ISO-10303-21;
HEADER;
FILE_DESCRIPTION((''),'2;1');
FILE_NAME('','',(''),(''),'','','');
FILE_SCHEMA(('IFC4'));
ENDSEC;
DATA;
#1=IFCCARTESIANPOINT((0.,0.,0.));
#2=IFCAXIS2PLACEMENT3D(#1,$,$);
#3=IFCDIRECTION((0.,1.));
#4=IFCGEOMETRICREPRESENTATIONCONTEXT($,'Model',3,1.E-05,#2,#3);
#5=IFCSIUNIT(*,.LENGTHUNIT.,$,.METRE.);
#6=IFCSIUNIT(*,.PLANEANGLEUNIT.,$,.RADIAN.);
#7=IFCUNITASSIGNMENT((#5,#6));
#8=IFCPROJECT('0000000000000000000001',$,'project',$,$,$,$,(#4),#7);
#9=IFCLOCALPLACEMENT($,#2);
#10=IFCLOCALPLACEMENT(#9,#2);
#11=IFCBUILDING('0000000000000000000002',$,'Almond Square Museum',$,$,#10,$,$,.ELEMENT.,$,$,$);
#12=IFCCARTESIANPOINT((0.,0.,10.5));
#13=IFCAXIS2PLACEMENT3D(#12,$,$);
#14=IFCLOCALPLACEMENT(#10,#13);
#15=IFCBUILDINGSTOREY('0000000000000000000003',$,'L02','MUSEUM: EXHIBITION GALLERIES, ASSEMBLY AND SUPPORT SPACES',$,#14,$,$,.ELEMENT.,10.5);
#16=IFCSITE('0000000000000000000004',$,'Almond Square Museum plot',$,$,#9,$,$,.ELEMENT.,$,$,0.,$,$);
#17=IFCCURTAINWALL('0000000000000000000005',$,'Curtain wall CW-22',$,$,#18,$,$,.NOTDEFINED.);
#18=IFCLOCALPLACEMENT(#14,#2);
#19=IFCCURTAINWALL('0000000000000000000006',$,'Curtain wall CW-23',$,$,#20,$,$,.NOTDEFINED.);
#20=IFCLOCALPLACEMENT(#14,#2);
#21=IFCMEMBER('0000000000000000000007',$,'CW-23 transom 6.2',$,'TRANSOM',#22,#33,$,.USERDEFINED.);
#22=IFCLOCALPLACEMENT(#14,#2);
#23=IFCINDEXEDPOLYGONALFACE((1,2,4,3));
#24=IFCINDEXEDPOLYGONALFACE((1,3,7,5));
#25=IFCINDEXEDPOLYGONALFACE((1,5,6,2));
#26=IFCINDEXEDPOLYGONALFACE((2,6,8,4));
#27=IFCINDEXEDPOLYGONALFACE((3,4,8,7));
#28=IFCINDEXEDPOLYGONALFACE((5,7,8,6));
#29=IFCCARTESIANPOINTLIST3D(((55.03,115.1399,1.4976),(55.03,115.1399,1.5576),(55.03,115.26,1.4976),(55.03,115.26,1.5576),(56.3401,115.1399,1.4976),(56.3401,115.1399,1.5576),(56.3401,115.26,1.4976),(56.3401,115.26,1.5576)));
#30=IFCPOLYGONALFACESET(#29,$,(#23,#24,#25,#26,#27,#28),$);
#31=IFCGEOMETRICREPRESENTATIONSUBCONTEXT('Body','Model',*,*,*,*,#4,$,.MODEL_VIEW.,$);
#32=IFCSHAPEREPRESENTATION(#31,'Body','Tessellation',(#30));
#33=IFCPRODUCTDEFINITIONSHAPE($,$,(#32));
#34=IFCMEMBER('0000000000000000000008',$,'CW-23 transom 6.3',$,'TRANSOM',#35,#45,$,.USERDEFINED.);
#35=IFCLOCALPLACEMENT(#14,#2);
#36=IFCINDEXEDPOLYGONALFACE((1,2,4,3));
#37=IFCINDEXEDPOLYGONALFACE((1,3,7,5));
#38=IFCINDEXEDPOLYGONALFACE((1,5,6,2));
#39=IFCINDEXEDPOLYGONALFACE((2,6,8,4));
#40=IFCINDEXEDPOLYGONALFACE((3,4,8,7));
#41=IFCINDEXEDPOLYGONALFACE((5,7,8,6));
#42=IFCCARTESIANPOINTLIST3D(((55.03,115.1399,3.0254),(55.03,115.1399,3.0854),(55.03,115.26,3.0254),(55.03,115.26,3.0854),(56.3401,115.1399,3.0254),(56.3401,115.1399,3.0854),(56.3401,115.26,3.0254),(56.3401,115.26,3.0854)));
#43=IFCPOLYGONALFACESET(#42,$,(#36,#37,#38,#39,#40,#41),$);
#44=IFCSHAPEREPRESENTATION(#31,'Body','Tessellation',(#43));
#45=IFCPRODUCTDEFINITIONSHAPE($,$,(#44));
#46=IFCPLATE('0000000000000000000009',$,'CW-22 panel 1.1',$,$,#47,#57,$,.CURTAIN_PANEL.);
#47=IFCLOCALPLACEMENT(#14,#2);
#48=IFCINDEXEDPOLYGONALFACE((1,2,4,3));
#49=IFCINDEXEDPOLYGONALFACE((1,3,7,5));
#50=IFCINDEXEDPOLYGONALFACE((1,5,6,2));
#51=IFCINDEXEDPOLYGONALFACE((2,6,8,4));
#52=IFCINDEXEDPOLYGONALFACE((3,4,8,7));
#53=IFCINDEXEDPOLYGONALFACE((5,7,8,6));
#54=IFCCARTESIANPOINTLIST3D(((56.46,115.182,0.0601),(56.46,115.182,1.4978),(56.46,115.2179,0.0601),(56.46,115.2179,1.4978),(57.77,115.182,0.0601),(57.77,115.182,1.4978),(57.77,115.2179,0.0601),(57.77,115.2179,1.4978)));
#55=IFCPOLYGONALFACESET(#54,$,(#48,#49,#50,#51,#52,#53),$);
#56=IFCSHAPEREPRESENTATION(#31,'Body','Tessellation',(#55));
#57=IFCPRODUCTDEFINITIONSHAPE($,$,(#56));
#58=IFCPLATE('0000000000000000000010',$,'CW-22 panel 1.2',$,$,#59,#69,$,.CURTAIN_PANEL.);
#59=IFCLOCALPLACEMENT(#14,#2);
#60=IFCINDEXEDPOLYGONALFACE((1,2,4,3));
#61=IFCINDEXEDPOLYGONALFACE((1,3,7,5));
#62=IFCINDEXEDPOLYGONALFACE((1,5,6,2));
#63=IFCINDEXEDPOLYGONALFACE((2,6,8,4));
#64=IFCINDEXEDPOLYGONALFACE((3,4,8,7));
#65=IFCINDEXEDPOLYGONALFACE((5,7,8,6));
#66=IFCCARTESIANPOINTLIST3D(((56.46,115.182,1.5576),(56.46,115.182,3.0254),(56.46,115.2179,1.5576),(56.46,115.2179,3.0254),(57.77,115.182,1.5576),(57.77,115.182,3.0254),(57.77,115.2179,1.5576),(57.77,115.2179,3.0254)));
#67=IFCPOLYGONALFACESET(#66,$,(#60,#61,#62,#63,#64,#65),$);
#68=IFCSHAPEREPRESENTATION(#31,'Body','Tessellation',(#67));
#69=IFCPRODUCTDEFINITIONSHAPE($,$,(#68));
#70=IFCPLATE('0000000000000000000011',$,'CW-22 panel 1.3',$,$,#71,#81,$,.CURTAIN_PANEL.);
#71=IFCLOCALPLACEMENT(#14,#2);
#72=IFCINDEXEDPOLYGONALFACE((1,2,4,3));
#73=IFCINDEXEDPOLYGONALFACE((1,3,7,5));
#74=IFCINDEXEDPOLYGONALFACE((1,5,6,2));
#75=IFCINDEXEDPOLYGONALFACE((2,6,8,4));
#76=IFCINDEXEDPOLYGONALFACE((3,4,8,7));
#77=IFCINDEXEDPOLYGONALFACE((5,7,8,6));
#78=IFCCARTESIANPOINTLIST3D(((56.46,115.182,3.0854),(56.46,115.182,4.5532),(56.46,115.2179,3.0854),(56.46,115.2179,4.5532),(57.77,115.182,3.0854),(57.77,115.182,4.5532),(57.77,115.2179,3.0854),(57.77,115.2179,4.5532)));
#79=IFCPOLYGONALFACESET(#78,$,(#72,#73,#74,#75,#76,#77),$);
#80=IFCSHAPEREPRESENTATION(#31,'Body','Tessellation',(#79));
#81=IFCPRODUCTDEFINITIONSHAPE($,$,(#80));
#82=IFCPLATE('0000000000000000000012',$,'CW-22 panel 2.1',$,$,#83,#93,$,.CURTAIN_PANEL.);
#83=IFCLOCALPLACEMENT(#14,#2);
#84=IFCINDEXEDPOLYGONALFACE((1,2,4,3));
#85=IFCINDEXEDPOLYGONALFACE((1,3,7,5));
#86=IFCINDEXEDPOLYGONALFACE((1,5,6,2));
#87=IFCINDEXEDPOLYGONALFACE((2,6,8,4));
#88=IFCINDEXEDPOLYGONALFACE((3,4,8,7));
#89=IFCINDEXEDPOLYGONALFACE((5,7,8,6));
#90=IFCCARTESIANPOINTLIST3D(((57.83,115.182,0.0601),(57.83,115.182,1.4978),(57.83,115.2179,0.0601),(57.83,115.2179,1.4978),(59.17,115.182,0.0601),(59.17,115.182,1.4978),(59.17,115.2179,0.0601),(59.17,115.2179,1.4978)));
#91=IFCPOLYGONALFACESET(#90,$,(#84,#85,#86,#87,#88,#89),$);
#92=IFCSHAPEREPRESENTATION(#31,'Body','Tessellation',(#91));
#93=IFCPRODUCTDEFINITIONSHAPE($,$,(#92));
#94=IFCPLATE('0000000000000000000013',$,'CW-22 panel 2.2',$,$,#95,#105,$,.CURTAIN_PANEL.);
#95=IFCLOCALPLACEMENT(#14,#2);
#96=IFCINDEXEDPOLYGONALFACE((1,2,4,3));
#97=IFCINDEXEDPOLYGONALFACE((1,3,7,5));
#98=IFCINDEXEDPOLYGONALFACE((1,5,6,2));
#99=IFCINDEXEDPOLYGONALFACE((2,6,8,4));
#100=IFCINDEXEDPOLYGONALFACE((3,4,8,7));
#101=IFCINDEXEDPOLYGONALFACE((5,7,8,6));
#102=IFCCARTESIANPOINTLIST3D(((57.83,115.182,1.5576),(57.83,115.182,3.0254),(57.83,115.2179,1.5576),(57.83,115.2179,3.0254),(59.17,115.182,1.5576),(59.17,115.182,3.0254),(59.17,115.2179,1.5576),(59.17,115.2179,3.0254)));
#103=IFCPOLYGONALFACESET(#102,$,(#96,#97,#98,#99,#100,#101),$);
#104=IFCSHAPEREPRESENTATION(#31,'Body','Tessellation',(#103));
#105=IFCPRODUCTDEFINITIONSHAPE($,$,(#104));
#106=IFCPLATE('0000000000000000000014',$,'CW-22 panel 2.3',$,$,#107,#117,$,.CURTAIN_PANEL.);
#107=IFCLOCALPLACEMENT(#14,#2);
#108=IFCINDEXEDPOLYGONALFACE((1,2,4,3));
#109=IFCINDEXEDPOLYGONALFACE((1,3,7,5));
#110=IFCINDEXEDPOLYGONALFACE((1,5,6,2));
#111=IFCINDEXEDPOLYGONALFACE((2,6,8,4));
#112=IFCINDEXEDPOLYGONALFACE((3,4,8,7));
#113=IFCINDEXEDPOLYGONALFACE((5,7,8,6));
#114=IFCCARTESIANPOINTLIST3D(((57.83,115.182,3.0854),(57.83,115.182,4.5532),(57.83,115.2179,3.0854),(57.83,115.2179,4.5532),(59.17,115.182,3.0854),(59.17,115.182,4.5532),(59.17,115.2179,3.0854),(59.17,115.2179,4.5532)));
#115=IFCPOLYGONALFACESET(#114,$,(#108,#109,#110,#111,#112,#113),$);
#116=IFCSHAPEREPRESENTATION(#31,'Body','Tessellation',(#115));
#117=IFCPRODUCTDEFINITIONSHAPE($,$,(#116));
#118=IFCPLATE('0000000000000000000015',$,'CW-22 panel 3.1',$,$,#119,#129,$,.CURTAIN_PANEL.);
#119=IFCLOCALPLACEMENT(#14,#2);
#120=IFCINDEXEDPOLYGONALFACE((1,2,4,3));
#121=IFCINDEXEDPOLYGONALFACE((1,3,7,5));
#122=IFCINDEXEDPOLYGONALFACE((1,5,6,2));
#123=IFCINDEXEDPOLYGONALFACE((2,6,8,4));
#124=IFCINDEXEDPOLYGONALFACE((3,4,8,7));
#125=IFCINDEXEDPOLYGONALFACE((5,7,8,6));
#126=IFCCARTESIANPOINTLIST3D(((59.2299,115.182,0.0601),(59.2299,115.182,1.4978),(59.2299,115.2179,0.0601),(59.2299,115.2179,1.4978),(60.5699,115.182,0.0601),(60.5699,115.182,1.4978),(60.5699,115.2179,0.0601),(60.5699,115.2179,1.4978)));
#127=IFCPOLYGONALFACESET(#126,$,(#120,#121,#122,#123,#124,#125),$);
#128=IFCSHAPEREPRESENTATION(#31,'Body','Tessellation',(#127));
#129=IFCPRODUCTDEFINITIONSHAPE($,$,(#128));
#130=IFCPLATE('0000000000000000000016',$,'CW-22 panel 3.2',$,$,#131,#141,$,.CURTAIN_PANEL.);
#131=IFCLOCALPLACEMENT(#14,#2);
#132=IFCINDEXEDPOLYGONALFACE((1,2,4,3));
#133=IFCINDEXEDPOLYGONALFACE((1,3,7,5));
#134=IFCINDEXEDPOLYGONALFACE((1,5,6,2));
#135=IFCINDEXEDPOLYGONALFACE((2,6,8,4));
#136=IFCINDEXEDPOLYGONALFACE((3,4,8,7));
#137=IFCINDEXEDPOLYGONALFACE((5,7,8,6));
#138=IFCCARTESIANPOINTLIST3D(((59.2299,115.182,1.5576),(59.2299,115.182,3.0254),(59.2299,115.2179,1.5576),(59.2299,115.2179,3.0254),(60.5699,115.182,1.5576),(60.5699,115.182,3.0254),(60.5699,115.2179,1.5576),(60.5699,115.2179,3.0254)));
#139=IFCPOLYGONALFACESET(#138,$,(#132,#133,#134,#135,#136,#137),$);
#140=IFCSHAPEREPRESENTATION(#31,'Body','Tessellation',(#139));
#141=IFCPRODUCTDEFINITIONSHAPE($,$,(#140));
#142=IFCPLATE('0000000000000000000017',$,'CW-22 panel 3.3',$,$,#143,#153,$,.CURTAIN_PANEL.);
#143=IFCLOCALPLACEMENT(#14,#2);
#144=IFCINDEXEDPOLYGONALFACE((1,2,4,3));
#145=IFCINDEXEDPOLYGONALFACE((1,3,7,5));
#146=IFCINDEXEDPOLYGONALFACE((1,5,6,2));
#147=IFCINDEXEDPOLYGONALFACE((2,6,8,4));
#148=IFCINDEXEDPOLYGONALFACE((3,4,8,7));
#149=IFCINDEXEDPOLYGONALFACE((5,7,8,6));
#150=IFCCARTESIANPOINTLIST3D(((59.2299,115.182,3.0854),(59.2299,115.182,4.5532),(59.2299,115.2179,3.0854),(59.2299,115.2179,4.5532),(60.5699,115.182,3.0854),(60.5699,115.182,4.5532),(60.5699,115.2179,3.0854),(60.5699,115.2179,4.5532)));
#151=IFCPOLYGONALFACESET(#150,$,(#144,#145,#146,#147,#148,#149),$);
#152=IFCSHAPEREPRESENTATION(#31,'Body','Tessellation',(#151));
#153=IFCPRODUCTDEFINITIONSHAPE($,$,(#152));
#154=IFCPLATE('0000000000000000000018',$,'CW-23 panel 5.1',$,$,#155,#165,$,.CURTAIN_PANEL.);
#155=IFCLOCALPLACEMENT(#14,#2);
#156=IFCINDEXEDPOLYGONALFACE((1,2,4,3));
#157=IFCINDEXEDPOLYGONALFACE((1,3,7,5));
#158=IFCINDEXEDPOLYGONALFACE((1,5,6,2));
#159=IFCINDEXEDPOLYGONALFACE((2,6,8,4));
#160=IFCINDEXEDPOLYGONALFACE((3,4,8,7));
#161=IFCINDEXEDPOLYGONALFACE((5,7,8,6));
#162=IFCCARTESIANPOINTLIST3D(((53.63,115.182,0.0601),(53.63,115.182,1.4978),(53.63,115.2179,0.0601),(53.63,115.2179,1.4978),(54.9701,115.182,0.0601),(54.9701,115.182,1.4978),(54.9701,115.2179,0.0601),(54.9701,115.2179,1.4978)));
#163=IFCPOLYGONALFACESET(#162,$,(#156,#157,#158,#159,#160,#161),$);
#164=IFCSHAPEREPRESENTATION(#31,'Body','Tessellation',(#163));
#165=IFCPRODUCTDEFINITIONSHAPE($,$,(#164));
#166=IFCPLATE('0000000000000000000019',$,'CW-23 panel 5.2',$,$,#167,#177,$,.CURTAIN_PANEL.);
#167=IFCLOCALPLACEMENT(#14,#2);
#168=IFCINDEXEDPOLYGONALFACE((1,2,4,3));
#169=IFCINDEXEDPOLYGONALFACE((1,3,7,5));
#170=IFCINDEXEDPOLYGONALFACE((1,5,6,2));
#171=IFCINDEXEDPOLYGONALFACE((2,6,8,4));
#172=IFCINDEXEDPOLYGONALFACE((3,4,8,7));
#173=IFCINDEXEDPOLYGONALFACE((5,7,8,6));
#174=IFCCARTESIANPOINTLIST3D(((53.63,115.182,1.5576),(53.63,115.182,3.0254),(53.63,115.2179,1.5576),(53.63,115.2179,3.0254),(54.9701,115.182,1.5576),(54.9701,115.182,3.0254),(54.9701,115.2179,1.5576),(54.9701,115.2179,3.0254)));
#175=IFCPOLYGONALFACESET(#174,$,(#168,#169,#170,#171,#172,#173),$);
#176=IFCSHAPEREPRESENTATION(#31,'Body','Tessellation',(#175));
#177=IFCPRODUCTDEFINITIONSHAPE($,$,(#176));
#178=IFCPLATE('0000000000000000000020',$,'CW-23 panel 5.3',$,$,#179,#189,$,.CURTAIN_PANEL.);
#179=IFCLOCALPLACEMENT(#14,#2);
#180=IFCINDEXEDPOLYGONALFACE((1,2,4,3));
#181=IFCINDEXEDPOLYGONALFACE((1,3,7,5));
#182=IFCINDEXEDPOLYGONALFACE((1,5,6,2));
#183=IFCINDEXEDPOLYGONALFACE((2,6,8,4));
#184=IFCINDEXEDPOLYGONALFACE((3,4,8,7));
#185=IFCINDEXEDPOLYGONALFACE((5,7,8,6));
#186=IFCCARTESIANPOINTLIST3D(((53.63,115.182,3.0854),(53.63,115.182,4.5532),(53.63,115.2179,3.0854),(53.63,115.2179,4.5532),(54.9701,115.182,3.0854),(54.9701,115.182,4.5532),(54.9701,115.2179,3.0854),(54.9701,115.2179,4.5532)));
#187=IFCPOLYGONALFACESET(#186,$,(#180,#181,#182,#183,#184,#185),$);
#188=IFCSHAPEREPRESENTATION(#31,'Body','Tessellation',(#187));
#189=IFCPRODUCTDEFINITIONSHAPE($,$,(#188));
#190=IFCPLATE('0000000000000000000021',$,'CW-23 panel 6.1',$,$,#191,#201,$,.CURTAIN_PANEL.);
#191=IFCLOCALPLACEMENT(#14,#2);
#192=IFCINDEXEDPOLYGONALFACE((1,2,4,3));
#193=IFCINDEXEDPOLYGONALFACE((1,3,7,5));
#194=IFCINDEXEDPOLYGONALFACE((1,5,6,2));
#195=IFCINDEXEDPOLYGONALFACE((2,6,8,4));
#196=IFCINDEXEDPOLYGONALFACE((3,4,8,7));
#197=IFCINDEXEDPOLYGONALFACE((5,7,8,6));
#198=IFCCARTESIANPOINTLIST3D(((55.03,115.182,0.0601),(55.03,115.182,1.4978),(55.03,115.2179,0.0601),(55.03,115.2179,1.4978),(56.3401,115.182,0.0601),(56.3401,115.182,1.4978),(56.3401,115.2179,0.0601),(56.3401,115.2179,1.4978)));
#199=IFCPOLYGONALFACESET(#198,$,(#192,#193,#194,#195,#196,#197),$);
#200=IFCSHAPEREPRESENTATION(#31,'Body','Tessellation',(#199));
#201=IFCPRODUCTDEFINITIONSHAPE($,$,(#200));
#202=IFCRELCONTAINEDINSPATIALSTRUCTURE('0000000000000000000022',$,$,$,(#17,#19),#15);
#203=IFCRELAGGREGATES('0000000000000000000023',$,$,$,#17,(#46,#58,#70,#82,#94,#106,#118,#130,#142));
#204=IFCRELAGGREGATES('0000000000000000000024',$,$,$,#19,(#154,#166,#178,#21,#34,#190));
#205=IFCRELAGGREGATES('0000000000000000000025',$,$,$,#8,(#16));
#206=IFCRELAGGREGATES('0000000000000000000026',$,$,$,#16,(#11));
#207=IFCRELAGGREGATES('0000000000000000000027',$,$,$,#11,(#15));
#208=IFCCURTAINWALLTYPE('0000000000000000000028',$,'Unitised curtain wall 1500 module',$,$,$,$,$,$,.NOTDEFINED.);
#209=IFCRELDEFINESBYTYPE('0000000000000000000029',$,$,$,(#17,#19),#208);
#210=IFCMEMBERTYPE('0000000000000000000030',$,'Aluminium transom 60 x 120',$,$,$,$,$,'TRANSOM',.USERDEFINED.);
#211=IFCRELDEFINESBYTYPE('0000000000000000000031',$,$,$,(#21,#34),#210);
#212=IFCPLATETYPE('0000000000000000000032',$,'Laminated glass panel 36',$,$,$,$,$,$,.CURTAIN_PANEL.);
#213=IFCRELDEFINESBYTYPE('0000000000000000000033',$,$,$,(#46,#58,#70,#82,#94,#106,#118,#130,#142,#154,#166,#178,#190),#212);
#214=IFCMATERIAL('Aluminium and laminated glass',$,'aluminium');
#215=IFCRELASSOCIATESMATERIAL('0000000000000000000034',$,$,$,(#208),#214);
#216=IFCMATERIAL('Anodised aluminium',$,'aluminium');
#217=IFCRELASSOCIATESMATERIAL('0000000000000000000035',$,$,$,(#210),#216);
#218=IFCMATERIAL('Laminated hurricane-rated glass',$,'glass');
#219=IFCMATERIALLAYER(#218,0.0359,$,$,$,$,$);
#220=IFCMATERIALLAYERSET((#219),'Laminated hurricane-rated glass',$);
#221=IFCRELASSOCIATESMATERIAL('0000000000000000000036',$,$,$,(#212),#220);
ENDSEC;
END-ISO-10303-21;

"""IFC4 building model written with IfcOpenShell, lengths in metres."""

from ifc_helpers import new_model, si_unit, direction, frame, origin, origin_2d, place, context, subcontext, project, spatial, rectangle, extrude, material, layer, layer_set, material_profile, profile_set, type_object, element, aggregate, save


model = new_model("IFC4")

# Units and contexts
model_context = context("Model", 3, precision=1e-05, world=origin(), true_north=direction((0.0, 1.0)))
body_context = subcontext(model_context, "Body", "Model", "MODEL_VIEW")
ifc_project = project(units=[si_unit("LENGTHUNIT", "METRE"), si_unit("PLANEANGLEUNIT", "RADIAN")], contexts=[model_context])

# Site, building, storey
site_placement = place(None, origin())
site = spatial("IfcSite", under=ifc_project, at=site_placement, Name="Almond Square Museum plot", CompositionType="ELEMENT", RefElevation=0.0)
building_placement = place(site_placement, origin())
building = spatial("IfcBuilding", under=site, at=building_placement, Name="Almond Square Museum", CompositionType="ELEMENT")
storey_placement = place(building_placement, frame((0.0, 0.0, 10.5)))
storey = spatial("IfcBuildingStorey", under=building, at=storey_placement, Name="L02", Description="MUSEUM: EXHIBITION GALLERIES, ASSEMBLY AND SUPPORT SPACES", CompositionType="ELEMENT", Elevation=10.5)

# Curtain walls
ifc_material_1 = material(Name="Aluminium and laminated glass", Category="aluminium")
curtain_wall_type = type_object("IfcCurtainWallType", Name="Unitised curtain wall 1500 module", PredefinedType="NOTDEFINED", material=ifc_material_1)
curtain_wall_1_placement = place(storey_placement, origin())
curtain_wall_1 = element("IfcCurtainWall", 1, at=curtain_wall_1_placement, inside=storey, type_object=curtain_wall_type, Name="Curtain wall CW-22", PredefinedType="NOTDEFINED")
curtain_wall_2_placement = place(storey_placement, origin())
curtain_wall_2 = element("IfcCurtainWall", 2, at=curtain_wall_2_placement, inside=storey, type_object=curtain_wall_type, Name="Curtain wall CW-23", PredefinedType="NOTDEFINED")

# Members
ifc_material_2 = material(Name="Anodised aluminium", Category="aluminium")
ifc_material_profile_1 = material_profile(ifc_material_2, rectangle(XDim=0.1201, YDim=0.0601, at=origin_2d()))
ifc_profile_set_1 = profile_set([ifc_material_profile_1], Name="Anodised aluminium")
member_type_1 = type_object("IfcMemberType", Name="Aluminium transom 60 x 120", ElementType="TRANSOM", PredefinedType="USERDEFINED", material=ifc_profile_set_1)
member_1_placement = place(storey_placement, frame((55.03, 115.2, 1.5276), z_axis=(1.0, 0.0, 0.0), x_axis=(0.0, 1.0, 0.0)))
member_1 = element("IfcMember", 3, at=member_1_placement, type_object=member_type_1, Name="CW-23 transom 6.2", ObjectType="TRANSOM", PredefinedType="USERDEFINED", context=body_context, shape_type="SweptSolid", body=[
    extrude(rectangle(XDim=0.1201, YDim=0.0601, at=origin_2d()), origin(), (0.0, 0.0, 1.0), 1.3101),
])
member_2_placement = place(storey_placement, frame((55.03, 115.2, 3.0554), z_axis=(1.0, 0.0, 0.0), x_axis=(0.0, 1.0, 0.0)))
member_2 = element("IfcMember", 4, at=member_2_placement, type_object=member_type_1, Name="CW-23 transom 6.3", ObjectType="TRANSOM", PredefinedType="USERDEFINED", context=body_context, shape_type="SweptSolid", body=[
    extrude(rectangle(XDim=0.1201, YDim=0.0601, at=origin_2d()), origin(), (0.0, 0.0, 1.0), 1.3101),
])

# Plates
ifc_material_3 = material(Name="Laminated hurricane-rated glass", Category="glass")
ifc_layer = layer(ifc_material_3, 0.0359)
ifc_layer_set = layer_set([ifc_layer], Name="Laminated hurricane-rated glass")
plate_type = type_object("IfcPlateType", Name="Laminated glass panel 36", PredefinedType="CURTAIN_PANEL", material=ifc_layer_set)
plate_1_placement = place(storey_placement, frame((57.115, 115.2, 0.0601), z_axis=(0.0, 0.0, 1.0), x_axis=(1.0, 0.0, 0.0)))
plate_1 = element("IfcPlate", 5, at=plate_1_placement, type_object=plate_type, Name="CW-22 panel 1.1", PredefinedType="CURTAIN_PANEL", context=body_context, shape_type="SweptSolid", body=[
    extrude(rectangle(XDim=1.3101, YDim=0.0359, at=origin_2d()), origin(), (0.0, 0.0, 1.0), 1.4377),
])
plate_2_placement = place(storey_placement, frame((57.115, 115.2, 1.5576), z_axis=(0.0, 0.0, 1.0), x_axis=(1.0, 0.0, 0.0)))
plate_2 = element("IfcPlate", 6, at=plate_2_placement, type_object=plate_type, Name="CW-22 panel 1.2", PredefinedType="CURTAIN_PANEL", context=body_context, shape_type="SweptSolid", body=[
    extrude(rectangle(XDim=1.3101, YDim=0.0359, at=origin_2d()), origin(), (0.0, 0.0, 1.0), 1.4678),
])
plate_3_placement = place(storey_placement, frame((57.115, 115.2, 3.0854), z_axis=(0.0, 0.0, 1.0), x_axis=(1.0, 0.0, 0.0)))
plate_3 = element("IfcPlate", 7, at=plate_3_placement, type_object=plate_type, Name="CW-22 panel 1.3", PredefinedType="CURTAIN_PANEL", context=body_context, shape_type="SweptSolid", body=[
    extrude(rectangle(XDim=1.3101, YDim=0.0359, at=origin_2d()), origin(), (0.0, 0.0, 1.0), 1.4678),
])
plate_4_placement = place(storey_placement, frame((58.5, 115.2, 0.0601), z_axis=(0.0, 0.0, 1.0), x_axis=(1.0, 0.0, 0.0)))
plate_4 = element("IfcPlate", 8, at=plate_4_placement, type_object=plate_type, Name="CW-22 panel 2.1", PredefinedType="CURTAIN_PANEL", context=body_context, shape_type="SweptSolid", body=[
    extrude(rectangle(XDim=1.3401, YDim=0.0359, at=origin_2d()), origin(), (0.0, 0.0, 1.0), 1.4377),
])
plate_5_placement = place(storey_placement, frame((58.5, 115.2, 1.5576), z_axis=(0.0, 0.0, 1.0), x_axis=(1.0, 0.0, 0.0)))
plate_5 = element("IfcPlate", 9, at=plate_5_placement, type_object=plate_type, Name="CW-22 panel 2.2", PredefinedType="CURTAIN_PANEL", context=body_context, shape_type="SweptSolid", body=[
    extrude(rectangle(XDim=1.3401, YDim=0.0359, at=origin_2d()), origin(), (0.0, 0.0, 1.0), 1.4678),
])
plate_6_placement = place(storey_placement, frame((58.5, 115.2, 3.0854), z_axis=(0.0, 0.0, 1.0), x_axis=(1.0, 0.0, 0.0)))
plate_6 = element("IfcPlate", 10, at=plate_6_placement, type_object=plate_type, Name="CW-22 panel 2.3", PredefinedType="CURTAIN_PANEL", context=body_context, shape_type="SweptSolid", body=[
    extrude(rectangle(XDim=1.3401, YDim=0.0359, at=origin_2d()), origin(), (0.0, 0.0, 1.0), 1.4678),
])
plate_7_placement = place(storey_placement, frame((59.8999, 115.2, 0.0601), z_axis=(0.0, 0.0, 1.0), x_axis=(1.0, 0.0, 0.0)))
plate_7 = element("IfcPlate", 11, at=plate_7_placement, type_object=plate_type, Name="CW-22 panel 3.1", PredefinedType="CURTAIN_PANEL", context=body_context, shape_type="SweptSolid", body=[
    extrude(rectangle(XDim=1.3401, YDim=0.0359, at=origin_2d()), origin(), (0.0, 0.0, 1.0), 1.4377),
])
plate_8_placement = place(storey_placement, frame((59.8999, 115.2, 1.5576), z_axis=(0.0, 0.0, 1.0), x_axis=(1.0, 0.0, 0.0)))
plate_8 = element("IfcPlate", 12, at=plate_8_placement, type_object=plate_type, Name="CW-22 panel 3.2", PredefinedType="CURTAIN_PANEL", context=body_context, shape_type="SweptSolid", body=[
    extrude(rectangle(XDim=1.3401, YDim=0.0359, at=origin_2d()), origin(), (0.0, 0.0, 1.0), 1.4678),
])
plate_9_placement = place(storey_placement, frame((59.8999, 115.2, 3.0854), z_axis=(0.0, 0.0, 1.0), x_axis=(1.0, 0.0, 0.0)))
plate_9 = element("IfcPlate", 13, at=plate_9_placement, type_object=plate_type, Name="CW-22 panel 3.3", PredefinedType="CURTAIN_PANEL", context=body_context, shape_type="SweptSolid", body=[
    extrude(rectangle(XDim=1.3401, YDim=0.0359, at=origin_2d()), origin(), (0.0, 0.0, 1.0), 1.4678),
])
aggregate(curtain_wall_1, [plate_1, plate_2, plate_3, plate_4, plate_5, plate_6, plate_7, plate_8, plate_9])
plate_10_placement = place(storey_placement, frame((54.3, 115.2, 0.0601), z_axis=(0.0, 0.0, 1.0), x_axis=(1.0, 0.0, 0.0)))
plate_10 = element("IfcPlate", 14, at=plate_10_placement, type_object=plate_type, Name="CW-23 panel 5.1", PredefinedType="CURTAIN_PANEL", context=body_context, shape_type="SweptSolid", body=[
    extrude(rectangle(XDim=1.3401, YDim=0.0359, at=origin_2d()), origin(), (0.0, 0.0, 1.0), 1.4377),
])
plate_11_placement = place(storey_placement, frame((54.3, 115.2, 1.5576), z_axis=(0.0, 0.0, 1.0), x_axis=(1.0, 0.0, 0.0)))
plate_11 = element("IfcPlate", 15, at=plate_11_placement, type_object=plate_type, Name="CW-23 panel 5.2", PredefinedType="CURTAIN_PANEL", context=body_context, shape_type="SweptSolid", body=[
    extrude(rectangle(XDim=1.3401, YDim=0.0359, at=origin_2d()), origin(), (0.0, 0.0, 1.0), 1.4678),
])
plate_12_placement = place(storey_placement, frame((54.3, 115.2, 3.0854), z_axis=(0.0, 0.0, 1.0), x_axis=(1.0, 0.0, 0.0)))
plate_12 = element("IfcPlate", 16, at=plate_12_placement, type_object=plate_type, Name="CW-23 panel 5.3", PredefinedType="CURTAIN_PANEL", context=body_context, shape_type="SweptSolid", body=[
    extrude(rectangle(XDim=1.3401, YDim=0.0359, at=origin_2d()), origin(), (0.0, 0.0, 1.0), 1.4678),
])
plate_13_placement = place(storey_placement, frame((55.6851, 115.2, 0.0601), z_axis=(0.0, 0.0, 1.0), x_axis=(1.0, 0.0, 0.0)))
plate_13 = element("IfcPlate", 17, at=plate_13_placement, type_object=plate_type, Name="CW-23 panel 6.1", PredefinedType="CURTAIN_PANEL", context=body_context, shape_type="SweptSolid", body=[
    extrude(rectangle(XDim=1.3101, YDim=0.0359, at=origin_2d()), origin(), (0.0, 0.0, 1.0), 1.4377),
])
aggregate(curtain_wall_2, [plate_10, plate_11, plate_12, member_1, member_2, plate_13])

save(model, "model.ifc")
